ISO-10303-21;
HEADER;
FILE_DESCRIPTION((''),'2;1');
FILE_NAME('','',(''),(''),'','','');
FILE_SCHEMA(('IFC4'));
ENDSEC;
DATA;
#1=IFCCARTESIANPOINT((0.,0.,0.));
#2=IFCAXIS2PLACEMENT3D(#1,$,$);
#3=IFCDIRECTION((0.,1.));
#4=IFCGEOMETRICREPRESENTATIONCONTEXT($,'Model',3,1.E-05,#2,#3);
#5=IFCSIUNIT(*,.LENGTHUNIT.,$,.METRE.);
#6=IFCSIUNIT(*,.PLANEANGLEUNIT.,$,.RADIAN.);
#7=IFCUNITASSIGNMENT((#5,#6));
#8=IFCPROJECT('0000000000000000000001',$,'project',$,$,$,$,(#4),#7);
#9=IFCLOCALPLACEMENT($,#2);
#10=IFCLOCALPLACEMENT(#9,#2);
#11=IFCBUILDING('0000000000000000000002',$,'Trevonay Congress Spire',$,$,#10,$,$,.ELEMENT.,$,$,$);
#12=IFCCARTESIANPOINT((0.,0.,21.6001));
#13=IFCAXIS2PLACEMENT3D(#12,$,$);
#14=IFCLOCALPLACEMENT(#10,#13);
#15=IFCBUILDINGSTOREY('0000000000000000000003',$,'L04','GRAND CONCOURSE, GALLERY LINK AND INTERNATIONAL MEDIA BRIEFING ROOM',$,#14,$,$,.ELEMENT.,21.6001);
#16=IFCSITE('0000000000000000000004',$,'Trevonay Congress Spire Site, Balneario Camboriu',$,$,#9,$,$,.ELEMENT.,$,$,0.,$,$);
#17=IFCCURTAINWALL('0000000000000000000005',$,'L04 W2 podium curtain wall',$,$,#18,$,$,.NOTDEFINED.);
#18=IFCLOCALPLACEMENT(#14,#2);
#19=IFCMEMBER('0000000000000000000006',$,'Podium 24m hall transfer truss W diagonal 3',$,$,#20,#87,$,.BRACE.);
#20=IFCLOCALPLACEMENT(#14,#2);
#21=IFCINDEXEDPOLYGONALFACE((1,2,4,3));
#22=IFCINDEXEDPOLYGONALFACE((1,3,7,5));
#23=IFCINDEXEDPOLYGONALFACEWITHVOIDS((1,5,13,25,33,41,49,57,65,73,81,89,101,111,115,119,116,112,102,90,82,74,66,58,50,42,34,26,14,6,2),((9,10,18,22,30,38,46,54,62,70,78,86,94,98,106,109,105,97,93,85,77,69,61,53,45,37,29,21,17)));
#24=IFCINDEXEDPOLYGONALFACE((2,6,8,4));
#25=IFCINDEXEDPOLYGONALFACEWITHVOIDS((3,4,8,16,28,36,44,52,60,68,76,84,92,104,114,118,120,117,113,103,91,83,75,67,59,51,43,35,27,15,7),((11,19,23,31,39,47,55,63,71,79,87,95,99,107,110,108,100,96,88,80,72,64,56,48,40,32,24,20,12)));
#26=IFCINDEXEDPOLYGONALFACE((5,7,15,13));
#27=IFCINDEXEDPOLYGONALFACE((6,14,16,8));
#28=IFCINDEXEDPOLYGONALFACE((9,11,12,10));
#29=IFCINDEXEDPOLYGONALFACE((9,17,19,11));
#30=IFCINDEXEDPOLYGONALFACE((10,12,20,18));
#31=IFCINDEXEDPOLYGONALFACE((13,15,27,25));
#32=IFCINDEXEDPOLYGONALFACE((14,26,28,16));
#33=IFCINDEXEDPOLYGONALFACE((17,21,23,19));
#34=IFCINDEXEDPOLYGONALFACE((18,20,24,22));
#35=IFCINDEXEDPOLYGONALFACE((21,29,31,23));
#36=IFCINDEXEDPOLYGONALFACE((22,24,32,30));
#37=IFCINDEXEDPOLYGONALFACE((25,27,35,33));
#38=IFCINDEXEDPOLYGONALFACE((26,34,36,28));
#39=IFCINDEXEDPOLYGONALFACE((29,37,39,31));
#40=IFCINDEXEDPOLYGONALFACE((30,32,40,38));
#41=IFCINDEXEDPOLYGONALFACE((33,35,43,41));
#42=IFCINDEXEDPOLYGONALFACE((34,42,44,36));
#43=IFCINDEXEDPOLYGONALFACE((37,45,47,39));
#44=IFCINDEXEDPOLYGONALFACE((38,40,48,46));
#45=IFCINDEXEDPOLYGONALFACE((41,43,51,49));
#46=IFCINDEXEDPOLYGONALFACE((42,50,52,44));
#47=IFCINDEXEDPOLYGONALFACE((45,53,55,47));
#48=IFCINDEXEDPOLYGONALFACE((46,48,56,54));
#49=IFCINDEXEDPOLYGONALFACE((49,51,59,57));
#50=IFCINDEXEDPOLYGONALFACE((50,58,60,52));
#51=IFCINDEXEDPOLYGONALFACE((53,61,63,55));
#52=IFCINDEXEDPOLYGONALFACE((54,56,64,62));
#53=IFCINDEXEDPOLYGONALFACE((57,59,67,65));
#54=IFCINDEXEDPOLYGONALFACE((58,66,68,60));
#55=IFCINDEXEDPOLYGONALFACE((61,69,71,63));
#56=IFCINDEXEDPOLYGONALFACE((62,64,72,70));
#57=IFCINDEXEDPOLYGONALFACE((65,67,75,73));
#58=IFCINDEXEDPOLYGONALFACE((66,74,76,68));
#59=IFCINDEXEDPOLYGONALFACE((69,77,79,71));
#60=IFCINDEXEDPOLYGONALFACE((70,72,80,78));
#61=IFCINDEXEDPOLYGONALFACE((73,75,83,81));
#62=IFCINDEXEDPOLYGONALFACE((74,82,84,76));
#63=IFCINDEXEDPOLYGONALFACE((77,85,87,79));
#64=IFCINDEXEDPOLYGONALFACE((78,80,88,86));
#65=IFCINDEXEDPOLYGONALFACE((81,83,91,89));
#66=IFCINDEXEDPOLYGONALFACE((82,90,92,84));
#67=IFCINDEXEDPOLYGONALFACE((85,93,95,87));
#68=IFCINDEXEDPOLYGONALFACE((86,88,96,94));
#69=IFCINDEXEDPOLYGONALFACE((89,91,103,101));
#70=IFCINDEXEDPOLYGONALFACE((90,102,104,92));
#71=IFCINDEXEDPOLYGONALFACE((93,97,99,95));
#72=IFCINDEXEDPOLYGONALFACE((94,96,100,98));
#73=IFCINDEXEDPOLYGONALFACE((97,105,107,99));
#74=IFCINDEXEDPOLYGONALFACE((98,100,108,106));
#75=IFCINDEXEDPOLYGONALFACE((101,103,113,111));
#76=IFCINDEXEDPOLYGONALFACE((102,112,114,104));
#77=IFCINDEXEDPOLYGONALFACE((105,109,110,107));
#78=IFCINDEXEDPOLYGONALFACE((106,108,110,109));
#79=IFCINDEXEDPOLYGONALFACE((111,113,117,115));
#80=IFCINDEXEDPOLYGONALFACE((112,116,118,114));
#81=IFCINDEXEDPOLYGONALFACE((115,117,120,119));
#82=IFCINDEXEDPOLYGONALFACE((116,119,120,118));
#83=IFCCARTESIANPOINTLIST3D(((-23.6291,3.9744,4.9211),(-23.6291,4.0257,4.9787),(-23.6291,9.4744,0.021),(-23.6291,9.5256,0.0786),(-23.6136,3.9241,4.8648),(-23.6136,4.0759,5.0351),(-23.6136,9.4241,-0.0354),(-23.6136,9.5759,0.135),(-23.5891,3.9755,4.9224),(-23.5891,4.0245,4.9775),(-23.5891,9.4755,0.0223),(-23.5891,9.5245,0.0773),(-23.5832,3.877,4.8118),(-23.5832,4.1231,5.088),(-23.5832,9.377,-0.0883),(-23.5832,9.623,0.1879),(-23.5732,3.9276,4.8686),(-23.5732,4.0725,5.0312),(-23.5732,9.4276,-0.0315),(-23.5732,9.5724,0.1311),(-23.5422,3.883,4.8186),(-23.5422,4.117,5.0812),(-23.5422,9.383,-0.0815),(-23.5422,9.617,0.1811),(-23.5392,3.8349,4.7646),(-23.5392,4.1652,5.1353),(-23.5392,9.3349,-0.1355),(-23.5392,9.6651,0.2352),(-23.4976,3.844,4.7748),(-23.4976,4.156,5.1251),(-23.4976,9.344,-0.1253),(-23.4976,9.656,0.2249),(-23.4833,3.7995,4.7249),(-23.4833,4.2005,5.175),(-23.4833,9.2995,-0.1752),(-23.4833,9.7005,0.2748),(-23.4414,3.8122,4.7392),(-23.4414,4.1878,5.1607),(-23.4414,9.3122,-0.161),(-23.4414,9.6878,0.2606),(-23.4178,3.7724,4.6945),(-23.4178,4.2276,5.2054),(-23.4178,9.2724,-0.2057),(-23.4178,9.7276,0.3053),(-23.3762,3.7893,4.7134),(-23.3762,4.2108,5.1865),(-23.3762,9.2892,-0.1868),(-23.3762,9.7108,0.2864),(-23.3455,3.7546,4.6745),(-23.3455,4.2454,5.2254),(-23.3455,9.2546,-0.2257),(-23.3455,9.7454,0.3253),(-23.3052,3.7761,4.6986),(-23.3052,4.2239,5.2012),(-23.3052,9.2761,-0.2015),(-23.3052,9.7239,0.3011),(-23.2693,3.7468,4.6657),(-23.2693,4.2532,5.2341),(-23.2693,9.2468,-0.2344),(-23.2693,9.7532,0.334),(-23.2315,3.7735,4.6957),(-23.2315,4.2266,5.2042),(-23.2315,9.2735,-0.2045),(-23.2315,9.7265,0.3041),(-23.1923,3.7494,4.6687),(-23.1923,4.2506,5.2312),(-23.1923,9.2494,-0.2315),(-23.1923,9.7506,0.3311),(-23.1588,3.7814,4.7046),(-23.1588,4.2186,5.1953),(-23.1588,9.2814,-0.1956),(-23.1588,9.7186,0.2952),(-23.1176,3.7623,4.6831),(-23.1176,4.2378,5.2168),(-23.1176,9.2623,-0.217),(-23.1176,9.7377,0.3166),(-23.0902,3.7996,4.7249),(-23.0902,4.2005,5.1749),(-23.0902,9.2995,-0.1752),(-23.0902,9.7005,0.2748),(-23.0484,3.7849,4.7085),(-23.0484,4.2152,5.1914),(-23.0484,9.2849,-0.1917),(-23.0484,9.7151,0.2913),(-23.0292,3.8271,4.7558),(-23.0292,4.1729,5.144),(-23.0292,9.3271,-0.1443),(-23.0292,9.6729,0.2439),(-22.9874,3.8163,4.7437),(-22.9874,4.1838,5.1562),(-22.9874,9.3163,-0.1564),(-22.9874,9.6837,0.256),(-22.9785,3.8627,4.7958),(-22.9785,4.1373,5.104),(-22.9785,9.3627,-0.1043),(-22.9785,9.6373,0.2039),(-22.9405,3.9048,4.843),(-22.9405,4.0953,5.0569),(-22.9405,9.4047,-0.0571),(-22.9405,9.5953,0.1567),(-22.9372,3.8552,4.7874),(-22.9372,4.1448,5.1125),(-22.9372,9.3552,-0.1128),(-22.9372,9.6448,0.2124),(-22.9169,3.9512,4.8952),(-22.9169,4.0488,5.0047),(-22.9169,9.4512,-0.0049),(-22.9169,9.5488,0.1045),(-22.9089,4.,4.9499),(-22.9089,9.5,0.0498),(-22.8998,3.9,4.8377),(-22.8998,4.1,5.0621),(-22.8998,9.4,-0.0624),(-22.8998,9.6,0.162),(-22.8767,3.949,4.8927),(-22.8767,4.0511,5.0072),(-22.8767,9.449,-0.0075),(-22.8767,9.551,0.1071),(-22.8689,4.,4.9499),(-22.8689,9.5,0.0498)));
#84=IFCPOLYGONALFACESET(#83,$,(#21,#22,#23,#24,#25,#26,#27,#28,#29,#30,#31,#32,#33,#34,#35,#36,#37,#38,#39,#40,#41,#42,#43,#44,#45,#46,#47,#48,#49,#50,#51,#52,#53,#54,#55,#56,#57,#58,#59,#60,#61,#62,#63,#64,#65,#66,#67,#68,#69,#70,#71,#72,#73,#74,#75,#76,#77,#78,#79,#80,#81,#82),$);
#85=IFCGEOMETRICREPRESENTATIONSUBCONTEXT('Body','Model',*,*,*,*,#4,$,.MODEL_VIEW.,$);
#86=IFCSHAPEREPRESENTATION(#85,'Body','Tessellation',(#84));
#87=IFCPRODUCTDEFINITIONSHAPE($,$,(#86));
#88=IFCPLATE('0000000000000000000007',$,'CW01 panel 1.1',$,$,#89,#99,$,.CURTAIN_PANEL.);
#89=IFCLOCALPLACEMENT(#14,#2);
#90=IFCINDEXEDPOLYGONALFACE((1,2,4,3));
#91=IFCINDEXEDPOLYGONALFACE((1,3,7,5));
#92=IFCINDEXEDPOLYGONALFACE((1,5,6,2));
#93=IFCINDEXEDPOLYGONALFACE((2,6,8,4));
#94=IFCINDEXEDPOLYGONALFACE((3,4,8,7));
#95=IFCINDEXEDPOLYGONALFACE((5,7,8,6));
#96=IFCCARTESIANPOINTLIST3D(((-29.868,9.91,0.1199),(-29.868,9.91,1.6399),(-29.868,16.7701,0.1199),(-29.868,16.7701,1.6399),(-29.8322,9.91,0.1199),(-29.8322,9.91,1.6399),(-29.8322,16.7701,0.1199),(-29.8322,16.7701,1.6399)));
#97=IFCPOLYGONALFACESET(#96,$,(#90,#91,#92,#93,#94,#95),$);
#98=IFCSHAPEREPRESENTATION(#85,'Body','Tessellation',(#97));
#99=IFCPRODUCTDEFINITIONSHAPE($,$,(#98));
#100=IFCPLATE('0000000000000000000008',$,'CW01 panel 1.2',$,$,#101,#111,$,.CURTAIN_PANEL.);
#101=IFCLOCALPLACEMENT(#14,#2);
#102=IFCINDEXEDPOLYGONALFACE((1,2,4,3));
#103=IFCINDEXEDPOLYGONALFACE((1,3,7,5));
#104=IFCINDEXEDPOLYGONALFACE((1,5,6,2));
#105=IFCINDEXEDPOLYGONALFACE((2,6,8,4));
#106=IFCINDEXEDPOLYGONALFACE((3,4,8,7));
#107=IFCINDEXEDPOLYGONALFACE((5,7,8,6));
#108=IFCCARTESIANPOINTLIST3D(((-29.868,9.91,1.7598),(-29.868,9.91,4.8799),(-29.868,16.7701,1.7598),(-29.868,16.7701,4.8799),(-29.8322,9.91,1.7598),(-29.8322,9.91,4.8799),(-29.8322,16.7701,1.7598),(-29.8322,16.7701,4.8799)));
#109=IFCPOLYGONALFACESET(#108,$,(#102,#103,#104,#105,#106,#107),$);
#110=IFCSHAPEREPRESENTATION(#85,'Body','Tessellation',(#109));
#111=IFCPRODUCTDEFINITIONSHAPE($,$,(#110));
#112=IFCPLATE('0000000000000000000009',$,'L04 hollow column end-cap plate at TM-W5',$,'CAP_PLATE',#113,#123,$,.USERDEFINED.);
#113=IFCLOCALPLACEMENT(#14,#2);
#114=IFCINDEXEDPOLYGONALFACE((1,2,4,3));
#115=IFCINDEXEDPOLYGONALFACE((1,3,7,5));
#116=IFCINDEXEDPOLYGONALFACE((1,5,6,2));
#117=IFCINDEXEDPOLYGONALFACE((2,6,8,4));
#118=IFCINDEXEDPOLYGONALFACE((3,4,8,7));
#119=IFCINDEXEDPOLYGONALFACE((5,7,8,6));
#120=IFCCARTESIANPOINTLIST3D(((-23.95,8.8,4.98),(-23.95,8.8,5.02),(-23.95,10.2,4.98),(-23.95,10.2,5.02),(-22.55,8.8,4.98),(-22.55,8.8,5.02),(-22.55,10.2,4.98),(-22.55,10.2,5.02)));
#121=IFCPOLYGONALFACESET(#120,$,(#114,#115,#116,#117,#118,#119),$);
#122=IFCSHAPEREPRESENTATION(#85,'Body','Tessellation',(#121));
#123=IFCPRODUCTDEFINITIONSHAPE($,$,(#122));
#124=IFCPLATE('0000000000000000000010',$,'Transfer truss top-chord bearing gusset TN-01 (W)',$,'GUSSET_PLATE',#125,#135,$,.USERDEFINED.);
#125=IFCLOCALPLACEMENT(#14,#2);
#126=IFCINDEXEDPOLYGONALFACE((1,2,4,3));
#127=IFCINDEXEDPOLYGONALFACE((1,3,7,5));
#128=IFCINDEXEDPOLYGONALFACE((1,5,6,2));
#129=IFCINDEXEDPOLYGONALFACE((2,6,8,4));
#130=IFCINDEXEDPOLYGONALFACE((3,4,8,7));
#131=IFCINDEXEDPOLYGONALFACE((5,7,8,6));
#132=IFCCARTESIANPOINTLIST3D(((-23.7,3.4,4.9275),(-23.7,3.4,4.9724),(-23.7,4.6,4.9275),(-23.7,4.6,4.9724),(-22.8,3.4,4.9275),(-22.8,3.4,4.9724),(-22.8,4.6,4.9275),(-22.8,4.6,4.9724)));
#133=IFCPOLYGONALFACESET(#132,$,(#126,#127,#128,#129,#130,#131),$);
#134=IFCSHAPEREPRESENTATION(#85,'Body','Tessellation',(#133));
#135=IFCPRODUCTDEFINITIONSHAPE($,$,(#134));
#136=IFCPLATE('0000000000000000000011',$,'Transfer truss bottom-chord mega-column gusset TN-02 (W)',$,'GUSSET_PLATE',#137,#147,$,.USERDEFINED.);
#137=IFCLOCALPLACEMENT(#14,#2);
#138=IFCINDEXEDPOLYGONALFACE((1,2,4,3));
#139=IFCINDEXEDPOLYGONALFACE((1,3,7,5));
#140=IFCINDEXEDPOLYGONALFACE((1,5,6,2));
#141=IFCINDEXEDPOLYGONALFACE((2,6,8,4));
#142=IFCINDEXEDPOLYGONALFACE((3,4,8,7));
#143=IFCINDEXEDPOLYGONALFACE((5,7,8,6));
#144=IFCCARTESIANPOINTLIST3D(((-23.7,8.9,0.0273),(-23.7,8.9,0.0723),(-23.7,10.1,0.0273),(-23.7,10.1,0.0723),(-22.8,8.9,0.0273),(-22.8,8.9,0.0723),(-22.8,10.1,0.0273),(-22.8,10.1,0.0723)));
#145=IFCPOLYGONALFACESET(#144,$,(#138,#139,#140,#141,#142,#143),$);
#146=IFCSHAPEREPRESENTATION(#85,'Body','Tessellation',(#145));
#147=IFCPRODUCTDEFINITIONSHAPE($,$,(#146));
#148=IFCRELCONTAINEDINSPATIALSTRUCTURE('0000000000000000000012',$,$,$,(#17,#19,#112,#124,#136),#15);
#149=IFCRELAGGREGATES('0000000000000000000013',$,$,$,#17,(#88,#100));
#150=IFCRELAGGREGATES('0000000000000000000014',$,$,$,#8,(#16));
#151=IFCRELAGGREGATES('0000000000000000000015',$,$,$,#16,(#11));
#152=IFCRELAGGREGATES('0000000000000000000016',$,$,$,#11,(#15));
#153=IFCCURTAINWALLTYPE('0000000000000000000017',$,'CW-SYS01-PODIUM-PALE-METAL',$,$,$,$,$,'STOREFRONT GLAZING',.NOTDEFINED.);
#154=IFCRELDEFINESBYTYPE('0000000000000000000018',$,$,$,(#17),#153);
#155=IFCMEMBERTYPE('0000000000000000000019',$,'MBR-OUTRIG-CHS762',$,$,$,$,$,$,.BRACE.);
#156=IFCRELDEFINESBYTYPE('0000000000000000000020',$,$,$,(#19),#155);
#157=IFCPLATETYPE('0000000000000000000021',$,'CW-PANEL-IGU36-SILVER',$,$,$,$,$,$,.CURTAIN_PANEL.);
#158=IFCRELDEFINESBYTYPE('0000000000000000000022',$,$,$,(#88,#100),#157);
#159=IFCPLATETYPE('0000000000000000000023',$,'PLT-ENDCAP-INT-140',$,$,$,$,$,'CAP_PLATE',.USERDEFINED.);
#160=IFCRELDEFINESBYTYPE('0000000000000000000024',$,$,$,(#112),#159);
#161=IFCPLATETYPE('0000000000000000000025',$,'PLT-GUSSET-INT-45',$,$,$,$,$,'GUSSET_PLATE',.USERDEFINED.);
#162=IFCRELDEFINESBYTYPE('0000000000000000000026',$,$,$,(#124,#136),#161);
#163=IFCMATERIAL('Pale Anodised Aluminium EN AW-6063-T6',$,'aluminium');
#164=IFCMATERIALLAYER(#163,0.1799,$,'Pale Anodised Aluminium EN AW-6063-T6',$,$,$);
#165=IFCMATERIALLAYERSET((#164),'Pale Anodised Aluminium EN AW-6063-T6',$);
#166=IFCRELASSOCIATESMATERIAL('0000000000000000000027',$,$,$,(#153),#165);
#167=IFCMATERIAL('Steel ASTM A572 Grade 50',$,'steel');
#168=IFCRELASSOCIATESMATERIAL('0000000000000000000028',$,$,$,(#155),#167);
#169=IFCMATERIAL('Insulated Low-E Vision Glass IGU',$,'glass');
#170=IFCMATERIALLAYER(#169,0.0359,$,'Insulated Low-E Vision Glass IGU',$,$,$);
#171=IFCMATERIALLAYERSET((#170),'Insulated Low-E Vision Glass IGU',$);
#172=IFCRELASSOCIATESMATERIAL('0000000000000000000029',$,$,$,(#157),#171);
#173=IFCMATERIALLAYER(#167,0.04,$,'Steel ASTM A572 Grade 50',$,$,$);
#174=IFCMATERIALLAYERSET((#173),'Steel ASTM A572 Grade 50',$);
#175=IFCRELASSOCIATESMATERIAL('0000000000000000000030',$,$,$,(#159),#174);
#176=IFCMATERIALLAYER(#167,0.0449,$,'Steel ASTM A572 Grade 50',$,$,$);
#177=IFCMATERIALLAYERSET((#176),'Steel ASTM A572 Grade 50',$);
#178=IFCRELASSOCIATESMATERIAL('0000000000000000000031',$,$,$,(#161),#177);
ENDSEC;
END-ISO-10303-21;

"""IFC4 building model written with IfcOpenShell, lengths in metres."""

from ifc_helpers import new_model, si_unit, direction, frame, origin, origin_2d, place, context, subcontext, project, spatial, rectangle, hollow_circle, extrude, material, layer, layer_set, material_profile, profile_set, type_object, element, aggregate, save


model = new_model("IFC4")

# Units and contexts
model_context = context("Model", 3, precision=1e-05, world=origin(), true_north=direction((0.0, 1.0)))
body_context = subcontext(model_context, "Body", "Model", "MODEL_VIEW")
ifc_project = project(units=[si_unit("LENGTHUNIT", "METRE"), si_unit("PLANEANGLEUNIT", "RADIAN")], contexts=[model_context])

# Site, building, storey
site_placement = place(None, origin())
site = spatial("IfcSite", under=ifc_project, at=site_placement, Name="Trevonay Congress Spire Site, Balneario Camboriu", CompositionType="ELEMENT", RefElevation=0.0)
building_placement = place(site_placement, origin())
building = spatial("IfcBuilding", under=site, at=building_placement, Name="Trevonay Congress Spire", CompositionType="ELEMENT")
storey_placement = place(building_placement, frame((0.0, 0.0, 21.6001)))
storey = spatial("IfcBuildingStorey", under=building, at=storey_placement, Name="L04", Description="GRAND CONCOURSE, GALLERY LINK AND INTERNATIONAL MEDIA BRIEFING ROOM", CompositionType="ELEMENT", Elevation=21.6001)

# Shared definitions
ifc_material_1 = material(Name="Steel ASTM A572 Grade 50", Category="steel")

# Curtain wall
ifc_material_2 = material(Name="Pale Anodised Aluminium EN AW-6063-T6", Category="aluminium")
ifc_layer_1 = layer(ifc_material_2, 0.1799, Name="Pale Anodised Aluminium EN AW-6063-T6")
ifc_layer_set_1 = layer_set([ifc_layer_1], Name="Pale Anodised Aluminium EN AW-6063-T6")
curtain_wall_type = type_object("IfcCurtainWallType", Name="CW-SYS01-PODIUM-PALE-METAL", ElementType="STOREFRONT GLAZING", PredefinedType="NOTDEFINED", material=ifc_layer_set_1)
curtain_wall_placement = place(storey_placement, origin())
curtain_wall = element("IfcCurtainWall", 1, at=curtain_wall_placement, inside=storey, type_object=curtain_wall_type, Name="L04 W2 podium curtain wall", PredefinedType="NOTDEFINED")

# Member
ifc_material_profile_1 = material_profile(ifc_material_1, hollow_circle(Radius=0.3811, WallThickness=0.04, at=origin_2d()), Name="CHS 762x40")
ifc_profile_set_1 = profile_set([ifc_material_profile_1], Name="Steel ASTM A572 Grade 50")
member_type_1 = type_object("IfcMemberType", Name="MBR-OUTRIG-CHS762", PredefinedType="BRACE", material=ifc_profile_set_1)
member_1_placement = place(storey_placement, frame((-23.25, 9.5, 0.0498), z_axis=(0.0, -0.74665, 0.665217), x_axis=(1.0, 0.0, 0.0)))
element("IfcMember", 2, at=member_1_placement, inside=storey, type_object=member_type_1, Name="Podium 24m hall transfer truss W diagonal 3", PredefinedType="BRACE", context=body_context, shape_type="SweptSolid", body=[
    extrude(hollow_circle(Radius=0.3811, WallThickness=0.04, at=origin_2d()), origin(), (0.0, 0.0, 1.0), 7.3662),
])

# Plates
ifc_material_3 = material(Name="Insulated Low-E Vision Glass IGU", Category="glass")
ifc_layer_2 = layer(ifc_material_3, 0.0359, Name="Insulated Low-E Vision Glass IGU")
ifc_layer_set_2 = layer_set([ifc_layer_2], Name="Insulated Low-E Vision Glass IGU")
plate_type_1 = type_object("IfcPlateType", Name="CW-PANEL-IGU36-SILVER", PredefinedType="CURTAIN_PANEL", material=ifc_layer_set_2)
plate_1_placement = place(storey_placement, frame((-29.8501, 13.3401, 0.1199), z_axis=(0.0, 0.0, 1.0), x_axis=(0.0, 1.0, 0.0)))
plate_1 = element("IfcPlate", 3, at=plate_1_placement, type_object=plate_type_1, Name="CW01 panel 1.1", PredefinedType="CURTAIN_PANEL", context=body_context, shape_type="SweptSolid", body=[
    extrude(rectangle(XDim=6.8601, YDim=0.0359, at=origin_2d()), origin(), (0.0, 0.0, 1.0), 1.52),
])
plate_2_placement = place(storey_placement, frame((-29.8501, 13.3401, 1.7598), z_axis=(0.0, 0.0, 1.0), x_axis=(0.0, 1.0, 0.0)))
plate_2 = element("IfcPlate", 4, at=plate_2_placement, type_object=plate_type_1, Name="CW01 panel 1.2", PredefinedType="CURTAIN_PANEL", context=body_context, shape_type="SweptSolid", body=[
    extrude(rectangle(XDim=6.8601, YDim=0.0359, at=origin_2d()), origin(), (0.0, 0.0, 1.0), 3.1201),
])
aggregate(curtain_wall, [plate_1, plate_2])

# Plates
ifc_layer_3 = layer(ifc_material_1, 0.04, Name="Steel ASTM A572 Grade 50")
ifc_layer_set_3 = layer_set([ifc_layer_3], Name="Steel ASTM A572 Grade 50")
plate_type_2 = type_object("IfcPlateType", Name="PLT-ENDCAP-INT-140", ElementType="CAP_PLATE", PredefinedType="USERDEFINED", material=ifc_layer_set_3)
plate_3_placement = place(storey_placement, frame((-23.25, 9.5, 4.98), z_axis=(0.0, 0.0, 1.0), x_axis=(1.0, 0.0, 0.0)))
element("IfcPlate", 5, at=plate_3_placement, inside=storey, type_object=plate_type_2, Name="L04 hollow column end-cap plate at TM-W5", ObjectType="CAP_PLATE", PredefinedType="USERDEFINED", context=body_context, shape_type="SweptSolid", body=[
    extrude(rectangle(XDim=1.3999, YDim=1.3999, at=origin_2d()), origin(), (0.0, 0.0, 1.0), 0.04),
])
ifc_layer_4 = layer(ifc_material_1, 0.0449, Name="Steel ASTM A572 Grade 50")
ifc_layer_set_4 = layer_set([ifc_layer_4], Name="Steel ASTM A572 Grade 50")
plate_type_3 = type_object("IfcPlateType", Name="PLT-GUSSET-INT-45", ElementType="GUSSET_PLATE", PredefinedType="USERDEFINED", material=ifc_layer_set_4)
for number, where, z_axis, x_axis, name in (
    (6, (-23.25, 4.0, 4.9275), (0.0, 0.0, 1.0), (0.0, 1.0, 0.0), "Transfer truss top-chord bearing gusset TN-01 (W)"),
    (7, (-23.25, 9.5, 0.0273), (0.0, 0.0, 1.0), (0.0, 1.0, 0.0), "Transfer truss bottom-chord mega-column gusset TN-02 (W)"),
):
    element("IfcPlate", number, at=place(storey_placement, frame(where, z_axis=z_axis, x_axis=x_axis)), inside=storey, type_object=plate_type_3, Name=name, ObjectType="GUSSET_PLATE", PredefinedType="USERDEFINED", context=body_context, shape_type="SweptSolid", body=[
        extrude(rectangle(XDim=1.2, YDim=0.8999, at=origin_2d()), origin(), (0.0, 0.0, 1.0), 0.0449),
    ])

save(model, "model.ifc")
